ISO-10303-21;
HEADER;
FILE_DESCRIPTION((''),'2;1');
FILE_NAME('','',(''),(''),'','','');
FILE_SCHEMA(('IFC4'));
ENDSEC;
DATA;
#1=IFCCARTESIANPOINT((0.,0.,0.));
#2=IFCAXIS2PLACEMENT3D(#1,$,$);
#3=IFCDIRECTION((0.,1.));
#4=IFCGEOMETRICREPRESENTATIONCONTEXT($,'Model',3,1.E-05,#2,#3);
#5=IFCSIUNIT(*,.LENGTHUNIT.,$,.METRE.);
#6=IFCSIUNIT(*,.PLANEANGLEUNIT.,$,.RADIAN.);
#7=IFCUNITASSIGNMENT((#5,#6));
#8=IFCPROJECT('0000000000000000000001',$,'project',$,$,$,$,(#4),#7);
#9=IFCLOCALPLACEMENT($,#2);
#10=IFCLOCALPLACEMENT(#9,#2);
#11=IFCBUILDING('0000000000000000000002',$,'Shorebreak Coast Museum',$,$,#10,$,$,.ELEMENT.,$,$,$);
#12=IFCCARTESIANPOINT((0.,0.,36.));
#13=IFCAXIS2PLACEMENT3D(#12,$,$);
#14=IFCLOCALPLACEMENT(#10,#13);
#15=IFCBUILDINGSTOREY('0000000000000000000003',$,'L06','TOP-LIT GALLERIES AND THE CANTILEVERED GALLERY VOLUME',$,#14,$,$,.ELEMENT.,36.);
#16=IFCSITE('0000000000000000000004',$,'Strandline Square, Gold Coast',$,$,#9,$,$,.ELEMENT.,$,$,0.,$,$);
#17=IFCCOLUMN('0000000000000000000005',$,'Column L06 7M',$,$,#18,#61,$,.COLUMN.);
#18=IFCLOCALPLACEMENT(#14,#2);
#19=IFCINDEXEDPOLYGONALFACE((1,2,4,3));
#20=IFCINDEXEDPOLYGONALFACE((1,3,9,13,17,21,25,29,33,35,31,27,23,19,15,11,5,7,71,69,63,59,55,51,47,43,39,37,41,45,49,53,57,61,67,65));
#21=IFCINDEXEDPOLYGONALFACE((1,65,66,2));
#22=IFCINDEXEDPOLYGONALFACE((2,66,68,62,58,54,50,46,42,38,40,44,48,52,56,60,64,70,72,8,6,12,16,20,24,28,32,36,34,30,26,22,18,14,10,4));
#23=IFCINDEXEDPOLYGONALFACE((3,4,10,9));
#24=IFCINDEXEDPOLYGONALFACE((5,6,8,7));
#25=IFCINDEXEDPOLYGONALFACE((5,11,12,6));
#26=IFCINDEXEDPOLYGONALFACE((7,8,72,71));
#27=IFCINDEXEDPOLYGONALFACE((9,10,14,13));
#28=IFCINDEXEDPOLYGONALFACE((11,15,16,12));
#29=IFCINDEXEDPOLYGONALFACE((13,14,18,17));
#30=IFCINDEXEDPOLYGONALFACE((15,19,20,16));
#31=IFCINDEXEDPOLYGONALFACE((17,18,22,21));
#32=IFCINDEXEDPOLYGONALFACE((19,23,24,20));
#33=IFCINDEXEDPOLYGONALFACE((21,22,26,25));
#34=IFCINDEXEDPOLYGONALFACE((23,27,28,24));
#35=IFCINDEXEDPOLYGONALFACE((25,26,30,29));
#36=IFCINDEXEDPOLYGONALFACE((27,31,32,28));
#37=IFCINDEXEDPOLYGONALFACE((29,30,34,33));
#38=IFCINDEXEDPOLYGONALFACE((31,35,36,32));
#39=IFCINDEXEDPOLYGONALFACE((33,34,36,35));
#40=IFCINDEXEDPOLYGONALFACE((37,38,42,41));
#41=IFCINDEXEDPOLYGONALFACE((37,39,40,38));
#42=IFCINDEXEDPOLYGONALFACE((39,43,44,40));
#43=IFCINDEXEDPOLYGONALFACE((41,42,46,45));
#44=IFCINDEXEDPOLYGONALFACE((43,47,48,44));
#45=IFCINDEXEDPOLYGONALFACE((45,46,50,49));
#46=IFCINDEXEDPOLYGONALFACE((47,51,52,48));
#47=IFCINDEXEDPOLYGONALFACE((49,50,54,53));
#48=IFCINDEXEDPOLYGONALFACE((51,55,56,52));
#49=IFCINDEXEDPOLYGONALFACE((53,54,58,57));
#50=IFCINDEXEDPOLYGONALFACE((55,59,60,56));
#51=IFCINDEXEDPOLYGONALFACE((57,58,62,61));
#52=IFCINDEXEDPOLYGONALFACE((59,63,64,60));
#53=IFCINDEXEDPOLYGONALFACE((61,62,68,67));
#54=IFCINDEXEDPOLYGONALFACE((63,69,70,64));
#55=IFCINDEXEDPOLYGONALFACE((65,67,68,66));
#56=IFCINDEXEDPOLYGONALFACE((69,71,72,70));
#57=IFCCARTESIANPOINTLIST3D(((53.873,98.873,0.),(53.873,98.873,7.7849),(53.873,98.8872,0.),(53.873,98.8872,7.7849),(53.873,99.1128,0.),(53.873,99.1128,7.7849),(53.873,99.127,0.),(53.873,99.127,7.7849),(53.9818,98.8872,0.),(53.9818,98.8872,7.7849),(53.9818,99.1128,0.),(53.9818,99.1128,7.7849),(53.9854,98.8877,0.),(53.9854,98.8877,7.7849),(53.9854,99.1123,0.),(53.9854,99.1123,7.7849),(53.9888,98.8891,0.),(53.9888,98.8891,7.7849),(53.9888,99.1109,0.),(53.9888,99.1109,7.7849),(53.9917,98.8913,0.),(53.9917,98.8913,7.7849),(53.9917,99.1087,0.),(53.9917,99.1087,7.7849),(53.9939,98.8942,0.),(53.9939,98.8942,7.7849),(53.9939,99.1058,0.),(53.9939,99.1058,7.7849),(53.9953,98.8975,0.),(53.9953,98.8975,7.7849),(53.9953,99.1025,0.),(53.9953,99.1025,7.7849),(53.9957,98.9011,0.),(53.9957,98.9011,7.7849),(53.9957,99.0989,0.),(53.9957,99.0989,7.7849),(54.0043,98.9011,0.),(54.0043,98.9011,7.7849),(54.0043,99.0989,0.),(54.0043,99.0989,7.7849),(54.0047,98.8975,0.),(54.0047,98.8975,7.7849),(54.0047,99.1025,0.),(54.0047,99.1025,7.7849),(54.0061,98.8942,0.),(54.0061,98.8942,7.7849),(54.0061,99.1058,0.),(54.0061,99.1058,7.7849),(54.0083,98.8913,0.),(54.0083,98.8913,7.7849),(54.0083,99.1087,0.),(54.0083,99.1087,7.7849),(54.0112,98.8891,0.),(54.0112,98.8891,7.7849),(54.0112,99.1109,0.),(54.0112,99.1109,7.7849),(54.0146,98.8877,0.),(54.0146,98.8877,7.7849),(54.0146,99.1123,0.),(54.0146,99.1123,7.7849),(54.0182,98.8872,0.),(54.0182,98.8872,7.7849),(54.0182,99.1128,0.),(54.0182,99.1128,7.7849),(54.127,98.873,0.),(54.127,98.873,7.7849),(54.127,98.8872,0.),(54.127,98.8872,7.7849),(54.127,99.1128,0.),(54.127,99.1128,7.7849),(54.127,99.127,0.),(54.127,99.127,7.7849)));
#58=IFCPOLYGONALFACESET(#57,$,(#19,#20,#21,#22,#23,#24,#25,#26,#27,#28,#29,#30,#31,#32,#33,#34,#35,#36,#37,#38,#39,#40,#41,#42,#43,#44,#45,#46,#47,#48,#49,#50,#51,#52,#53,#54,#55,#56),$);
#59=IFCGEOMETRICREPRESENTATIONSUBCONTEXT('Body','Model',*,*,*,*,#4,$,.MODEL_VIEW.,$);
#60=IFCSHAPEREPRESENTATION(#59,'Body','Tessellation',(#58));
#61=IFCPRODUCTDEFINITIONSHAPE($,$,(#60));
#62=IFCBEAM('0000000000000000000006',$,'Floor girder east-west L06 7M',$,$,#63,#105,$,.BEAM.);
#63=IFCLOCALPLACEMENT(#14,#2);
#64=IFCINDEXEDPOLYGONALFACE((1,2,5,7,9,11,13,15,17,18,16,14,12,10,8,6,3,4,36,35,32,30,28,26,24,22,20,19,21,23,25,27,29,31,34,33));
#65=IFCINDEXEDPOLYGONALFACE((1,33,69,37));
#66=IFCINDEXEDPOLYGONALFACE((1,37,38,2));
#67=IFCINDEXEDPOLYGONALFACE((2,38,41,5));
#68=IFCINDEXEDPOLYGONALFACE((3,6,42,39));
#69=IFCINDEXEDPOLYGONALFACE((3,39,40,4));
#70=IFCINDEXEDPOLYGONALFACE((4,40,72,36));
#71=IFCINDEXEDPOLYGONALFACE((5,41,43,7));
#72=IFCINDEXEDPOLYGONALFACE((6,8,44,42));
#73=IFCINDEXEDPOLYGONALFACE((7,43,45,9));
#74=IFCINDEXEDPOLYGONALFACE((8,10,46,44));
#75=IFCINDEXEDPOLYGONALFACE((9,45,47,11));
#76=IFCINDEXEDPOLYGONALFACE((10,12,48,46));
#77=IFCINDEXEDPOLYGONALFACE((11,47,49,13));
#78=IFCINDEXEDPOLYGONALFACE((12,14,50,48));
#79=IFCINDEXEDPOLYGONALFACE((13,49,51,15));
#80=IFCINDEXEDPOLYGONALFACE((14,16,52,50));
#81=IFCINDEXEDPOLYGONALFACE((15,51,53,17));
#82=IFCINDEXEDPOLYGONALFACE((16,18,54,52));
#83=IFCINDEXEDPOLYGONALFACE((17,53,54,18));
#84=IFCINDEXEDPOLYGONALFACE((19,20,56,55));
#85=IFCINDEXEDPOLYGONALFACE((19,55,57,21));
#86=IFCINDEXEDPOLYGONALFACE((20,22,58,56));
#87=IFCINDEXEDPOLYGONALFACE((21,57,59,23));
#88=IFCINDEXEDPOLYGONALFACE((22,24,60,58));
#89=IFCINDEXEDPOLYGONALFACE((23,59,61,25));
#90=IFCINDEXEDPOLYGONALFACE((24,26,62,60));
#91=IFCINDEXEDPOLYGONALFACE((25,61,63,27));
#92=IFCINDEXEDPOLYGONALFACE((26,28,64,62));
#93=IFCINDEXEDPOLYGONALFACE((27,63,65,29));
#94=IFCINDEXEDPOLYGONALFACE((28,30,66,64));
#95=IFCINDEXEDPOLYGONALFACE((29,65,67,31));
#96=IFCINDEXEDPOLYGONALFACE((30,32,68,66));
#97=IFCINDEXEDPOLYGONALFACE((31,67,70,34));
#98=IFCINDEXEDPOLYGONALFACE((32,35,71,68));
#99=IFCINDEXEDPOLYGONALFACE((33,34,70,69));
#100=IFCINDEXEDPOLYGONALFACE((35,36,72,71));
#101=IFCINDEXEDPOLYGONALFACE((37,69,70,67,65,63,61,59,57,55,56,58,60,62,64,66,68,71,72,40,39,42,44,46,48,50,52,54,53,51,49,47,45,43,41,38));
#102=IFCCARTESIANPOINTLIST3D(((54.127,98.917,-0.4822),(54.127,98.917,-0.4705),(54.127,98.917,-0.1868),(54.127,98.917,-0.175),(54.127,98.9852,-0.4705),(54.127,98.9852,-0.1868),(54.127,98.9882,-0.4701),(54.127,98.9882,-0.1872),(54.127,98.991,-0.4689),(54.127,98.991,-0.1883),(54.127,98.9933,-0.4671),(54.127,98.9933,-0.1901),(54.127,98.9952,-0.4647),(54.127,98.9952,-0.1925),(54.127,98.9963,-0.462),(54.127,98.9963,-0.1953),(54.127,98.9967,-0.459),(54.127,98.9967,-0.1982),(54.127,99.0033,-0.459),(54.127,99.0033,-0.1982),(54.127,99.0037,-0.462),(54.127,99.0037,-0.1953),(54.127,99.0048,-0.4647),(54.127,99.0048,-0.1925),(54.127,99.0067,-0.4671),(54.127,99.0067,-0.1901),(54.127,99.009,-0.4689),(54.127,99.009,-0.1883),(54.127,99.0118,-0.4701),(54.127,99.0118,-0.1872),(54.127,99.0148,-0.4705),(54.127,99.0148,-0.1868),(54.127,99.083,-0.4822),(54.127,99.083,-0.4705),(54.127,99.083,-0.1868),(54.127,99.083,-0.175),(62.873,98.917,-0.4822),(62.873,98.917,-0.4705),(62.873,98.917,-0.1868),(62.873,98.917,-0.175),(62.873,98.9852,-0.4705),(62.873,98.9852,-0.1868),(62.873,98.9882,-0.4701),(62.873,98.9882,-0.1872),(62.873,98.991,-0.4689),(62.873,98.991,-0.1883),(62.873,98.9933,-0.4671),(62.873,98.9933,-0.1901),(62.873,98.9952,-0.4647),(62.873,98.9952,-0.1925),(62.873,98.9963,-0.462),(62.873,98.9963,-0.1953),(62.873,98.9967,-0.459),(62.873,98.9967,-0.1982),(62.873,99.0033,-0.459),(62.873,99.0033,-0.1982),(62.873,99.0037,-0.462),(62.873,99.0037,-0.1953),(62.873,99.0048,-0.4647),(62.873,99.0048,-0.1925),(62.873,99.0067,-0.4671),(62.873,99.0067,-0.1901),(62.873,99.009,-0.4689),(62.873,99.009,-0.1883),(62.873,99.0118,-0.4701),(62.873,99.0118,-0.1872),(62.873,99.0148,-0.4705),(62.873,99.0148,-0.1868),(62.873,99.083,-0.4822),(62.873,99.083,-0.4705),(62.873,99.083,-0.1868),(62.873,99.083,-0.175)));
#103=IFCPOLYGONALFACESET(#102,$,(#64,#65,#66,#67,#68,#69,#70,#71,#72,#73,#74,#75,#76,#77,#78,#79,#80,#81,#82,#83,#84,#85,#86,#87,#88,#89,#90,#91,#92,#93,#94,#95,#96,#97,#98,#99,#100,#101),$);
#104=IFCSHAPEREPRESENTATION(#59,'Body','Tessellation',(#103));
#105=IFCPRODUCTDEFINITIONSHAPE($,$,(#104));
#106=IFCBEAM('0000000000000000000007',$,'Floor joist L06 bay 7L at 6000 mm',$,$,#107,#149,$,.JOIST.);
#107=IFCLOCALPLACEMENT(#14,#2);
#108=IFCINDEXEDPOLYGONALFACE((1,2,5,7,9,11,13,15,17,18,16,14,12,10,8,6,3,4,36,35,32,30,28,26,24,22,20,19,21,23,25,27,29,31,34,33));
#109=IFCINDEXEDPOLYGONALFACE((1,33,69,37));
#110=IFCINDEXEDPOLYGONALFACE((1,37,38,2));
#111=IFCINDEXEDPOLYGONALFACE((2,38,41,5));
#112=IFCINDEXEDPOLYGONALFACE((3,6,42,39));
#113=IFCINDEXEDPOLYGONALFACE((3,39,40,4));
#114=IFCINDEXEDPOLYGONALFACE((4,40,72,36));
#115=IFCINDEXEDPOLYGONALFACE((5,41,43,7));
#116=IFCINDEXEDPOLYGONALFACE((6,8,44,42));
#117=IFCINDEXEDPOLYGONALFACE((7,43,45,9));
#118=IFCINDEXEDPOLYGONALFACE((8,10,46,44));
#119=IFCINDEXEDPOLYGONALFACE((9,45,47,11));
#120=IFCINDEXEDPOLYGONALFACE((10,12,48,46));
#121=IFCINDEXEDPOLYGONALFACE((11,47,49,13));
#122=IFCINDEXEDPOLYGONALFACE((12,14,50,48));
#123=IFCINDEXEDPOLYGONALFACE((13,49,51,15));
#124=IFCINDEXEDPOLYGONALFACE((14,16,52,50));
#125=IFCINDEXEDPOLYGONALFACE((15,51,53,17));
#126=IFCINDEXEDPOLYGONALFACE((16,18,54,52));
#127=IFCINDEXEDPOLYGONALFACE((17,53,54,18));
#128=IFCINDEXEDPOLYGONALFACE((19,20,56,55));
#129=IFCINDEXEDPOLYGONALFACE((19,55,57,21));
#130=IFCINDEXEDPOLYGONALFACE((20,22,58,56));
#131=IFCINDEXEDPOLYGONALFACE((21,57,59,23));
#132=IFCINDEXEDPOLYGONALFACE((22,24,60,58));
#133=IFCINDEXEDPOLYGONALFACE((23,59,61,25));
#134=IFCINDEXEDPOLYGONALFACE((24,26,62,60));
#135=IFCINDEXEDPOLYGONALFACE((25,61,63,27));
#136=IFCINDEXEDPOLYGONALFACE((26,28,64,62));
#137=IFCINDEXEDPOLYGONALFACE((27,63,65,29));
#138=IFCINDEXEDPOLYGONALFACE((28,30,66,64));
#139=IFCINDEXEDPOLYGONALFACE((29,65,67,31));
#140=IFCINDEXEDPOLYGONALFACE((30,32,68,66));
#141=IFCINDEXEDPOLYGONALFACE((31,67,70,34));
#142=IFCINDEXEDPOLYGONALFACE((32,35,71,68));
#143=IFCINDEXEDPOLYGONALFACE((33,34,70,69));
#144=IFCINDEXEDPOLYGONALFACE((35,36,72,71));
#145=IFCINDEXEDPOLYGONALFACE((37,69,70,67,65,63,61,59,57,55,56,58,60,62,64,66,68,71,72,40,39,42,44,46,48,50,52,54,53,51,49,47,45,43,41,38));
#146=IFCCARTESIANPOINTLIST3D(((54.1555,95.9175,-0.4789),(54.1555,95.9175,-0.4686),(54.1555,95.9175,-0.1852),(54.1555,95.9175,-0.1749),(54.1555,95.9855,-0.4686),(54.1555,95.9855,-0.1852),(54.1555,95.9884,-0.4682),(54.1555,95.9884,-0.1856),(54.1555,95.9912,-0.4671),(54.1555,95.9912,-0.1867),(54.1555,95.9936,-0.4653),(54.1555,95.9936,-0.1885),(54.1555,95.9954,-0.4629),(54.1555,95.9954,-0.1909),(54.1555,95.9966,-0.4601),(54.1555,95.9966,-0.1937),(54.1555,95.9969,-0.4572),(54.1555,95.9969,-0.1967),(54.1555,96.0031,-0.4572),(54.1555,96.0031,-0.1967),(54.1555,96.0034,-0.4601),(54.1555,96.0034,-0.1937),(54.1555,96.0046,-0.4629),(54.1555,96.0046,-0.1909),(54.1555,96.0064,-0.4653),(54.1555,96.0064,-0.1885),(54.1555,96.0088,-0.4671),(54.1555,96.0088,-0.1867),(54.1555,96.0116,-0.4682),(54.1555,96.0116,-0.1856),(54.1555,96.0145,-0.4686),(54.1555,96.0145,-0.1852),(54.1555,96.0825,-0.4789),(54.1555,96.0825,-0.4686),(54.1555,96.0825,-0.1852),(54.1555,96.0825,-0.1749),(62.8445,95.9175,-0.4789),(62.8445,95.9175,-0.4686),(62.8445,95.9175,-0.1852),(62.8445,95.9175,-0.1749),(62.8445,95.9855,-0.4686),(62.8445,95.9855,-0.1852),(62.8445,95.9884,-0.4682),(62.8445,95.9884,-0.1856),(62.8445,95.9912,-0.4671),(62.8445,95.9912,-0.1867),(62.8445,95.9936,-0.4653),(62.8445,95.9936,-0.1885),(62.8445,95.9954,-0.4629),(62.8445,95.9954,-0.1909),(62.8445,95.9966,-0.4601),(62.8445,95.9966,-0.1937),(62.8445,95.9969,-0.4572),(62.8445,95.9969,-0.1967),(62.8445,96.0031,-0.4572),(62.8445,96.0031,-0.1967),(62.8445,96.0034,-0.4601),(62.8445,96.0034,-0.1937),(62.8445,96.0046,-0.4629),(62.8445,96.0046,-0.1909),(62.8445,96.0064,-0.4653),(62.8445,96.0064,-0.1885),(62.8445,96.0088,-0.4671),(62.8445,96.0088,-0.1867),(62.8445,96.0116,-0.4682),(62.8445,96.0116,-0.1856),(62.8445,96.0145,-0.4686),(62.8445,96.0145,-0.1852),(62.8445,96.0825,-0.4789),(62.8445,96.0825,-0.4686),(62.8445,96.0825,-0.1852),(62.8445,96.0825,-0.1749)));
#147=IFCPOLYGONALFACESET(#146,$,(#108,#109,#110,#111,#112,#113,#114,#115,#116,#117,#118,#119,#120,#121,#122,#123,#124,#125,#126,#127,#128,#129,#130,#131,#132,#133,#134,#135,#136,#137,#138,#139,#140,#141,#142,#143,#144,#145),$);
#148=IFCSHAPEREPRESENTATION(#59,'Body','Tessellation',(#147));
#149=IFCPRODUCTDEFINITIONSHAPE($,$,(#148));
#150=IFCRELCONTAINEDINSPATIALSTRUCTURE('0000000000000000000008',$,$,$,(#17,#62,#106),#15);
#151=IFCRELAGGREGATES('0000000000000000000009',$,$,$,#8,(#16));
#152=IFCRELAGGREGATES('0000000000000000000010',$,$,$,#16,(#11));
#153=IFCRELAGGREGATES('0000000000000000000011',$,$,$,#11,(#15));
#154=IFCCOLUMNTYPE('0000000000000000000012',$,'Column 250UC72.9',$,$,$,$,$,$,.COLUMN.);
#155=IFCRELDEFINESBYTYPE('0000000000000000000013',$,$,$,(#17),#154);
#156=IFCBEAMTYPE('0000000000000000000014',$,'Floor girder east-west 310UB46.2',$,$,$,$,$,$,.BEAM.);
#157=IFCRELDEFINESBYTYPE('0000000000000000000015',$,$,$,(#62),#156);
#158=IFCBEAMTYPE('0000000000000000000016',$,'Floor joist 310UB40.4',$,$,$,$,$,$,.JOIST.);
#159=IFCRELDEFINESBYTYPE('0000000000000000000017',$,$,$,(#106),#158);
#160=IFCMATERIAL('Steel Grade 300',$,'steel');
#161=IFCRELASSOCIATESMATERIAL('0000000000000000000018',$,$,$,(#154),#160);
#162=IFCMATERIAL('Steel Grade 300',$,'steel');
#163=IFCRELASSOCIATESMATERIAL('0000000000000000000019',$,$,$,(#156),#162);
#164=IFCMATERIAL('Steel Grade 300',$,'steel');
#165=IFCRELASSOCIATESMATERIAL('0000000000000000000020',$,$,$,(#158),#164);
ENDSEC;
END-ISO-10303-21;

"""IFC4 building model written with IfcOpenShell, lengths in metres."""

from ifc_helpers import new_model, si_unit, direction, frame, origin, origin_2d, place, context, subcontext, project, spatial, i_section, extrude, material, material_profile, profile_set, type_object, element, save


model = new_model("IFC4")

# Units and contexts
model_context = context("Model", 3, precision=1e-05, world=origin(), true_north=direction((0.0, 1.0)))
body_context = subcontext(model_context, "Body", "Model", "MODEL_VIEW")
ifc_project = project(units=[si_unit("LENGTHUNIT", "METRE"), si_unit("PLANEANGLEUNIT", "RADIAN")], contexts=[model_context])

# Site, building, storey
site_placement = place(None, origin())
site = spatial("IfcSite", under=ifc_project, at=site_placement, Name="Strandline Square, Gold Coast", CompositionType="ELEMENT", RefElevation=0.0)
building_placement = place(site_placement, origin())
building = spatial("IfcBuilding", under=site, at=building_placement, Name="Shorebreak Coast Museum", CompositionType="ELEMENT")
storey_placement = place(building_placement, frame((0.0, 0.0, 36.0)))
storey = spatial("IfcBuildingStorey", under=building, at=storey_placement, Name="L06", Description="TOP-LIT GALLERIES AND THE CANTILEVERED GALLERY VOLUME", CompositionType="ELEMENT", Elevation=36.0)

# Column
ifc_material_1 = material(Name="Steel Grade 300", Category="steel")
ifc_material_profile_1 = material_profile(ifc_material_1, i_section(OverallWidth=0.2539, OverallDepth=0.2539, WebThickness=0.0085, FlangeThickness=0.0142, FilletRadius=0.0139, at=origin_2d()), Name="250UC72.9")
ifc_profile_set_1 = profile_set([ifc_material_profile_1], Name="Steel Grade 300")
column_type = type_object("IfcColumnType", Name="Column 250UC72.9", PredefinedType="COLUMN", material=ifc_profile_set_1)
column_placement = place(storey_placement, frame((54.0, 99.0, 0.0), z_axis=(0.0, 0.0, 1.0), x_axis=(1.0, 0.0, 0.0)))
element("IfcColumn", 1, at=column_placement, inside=storey, type_object=column_type, Name="Column L06 7M", PredefinedType="COLUMN", context=body_context, shape_type="SweptSolid", body=[
    extrude(i_section(OverallWidth=0.2539, OverallDepth=0.2539, WebThickness=0.0085, FlangeThickness=0.0142, FilletRadius=0.0139, at=origin_2d()), origin(), (0.0, 0.0, 1.0), 7.7849),
])

# Beams
ifc_material_2 = material(Name="Steel Grade 300", Category="steel")
ifc_material_profile_2 = material_profile(ifc_material_2, i_section(OverallWidth=0.166, OverallDepth=0.3071, WebThickness=0.0066, FlangeThickness=0.0117, FilletRadius=0.0115, at=origin_2d()), Name="310UB46.2")
ifc_profile_set_2 = profile_set([ifc_material_profile_2], Name="Steel Grade 300")
beam_type_1 = type_object("IfcBeamType", Name="Floor girder east-west 310UB46.2", PredefinedType="BEAM", material=ifc_profile_set_2)
beam_1_placement = place(storey_placement, frame((54.127, 99.0, -0.3286), z_axis=(1.0, 0.0, 0.0), x_axis=(0.0, 1.0, 0.0)))
element("IfcBeam", 2, at=beam_1_placement, inside=storey, type_object=beam_type_1, Name="Floor girder east-west L06 7M", PredefinedType="BEAM", context=body_context, shape_type="SweptSolid", body=[
    extrude(i_section(OverallWidth=0.166, OverallDepth=0.3071, WebThickness=0.0066, FlangeThickness=0.0117, FilletRadius=0.0115, at=origin_2d()), origin(), (0.0, 0.0, 1.0), 8.7461),
])
ifc_material_3 = material(Name="Steel Grade 300", Category="steel")
ifc_material_profile_3 = material_profile(ifc_material_3, i_section(OverallWidth=0.165, OverallDepth=0.304, WebThickness=0.0061, FlangeThickness=0.0103, FilletRadius=0.0115, at=origin_2d()), Name="310UB40.4")
ifc_profile_set_3 = profile_set([ifc_material_profile_3], Name="Steel Grade 300")
beam_type_2 = type_object("IfcBeamType", Name="Floor joist 310UB40.4", PredefinedType="JOIST", material=ifc_profile_set_3)
beam_2_placement = place(storey_placement, frame((54.1555, 96.0, -0.3269), z_axis=(1.0, 0.0, 0.0), x_axis=(0.0, 1.0, 0.0)))
element("IfcBeam", 3, at=beam_2_placement, inside=storey, type_object=beam_type_2, Name="Floor joist L06 bay 7L at 6000 mm", PredefinedType="JOIST", context=body_context, shape_type="SweptSolid", body=[
    extrude(i_section(OverallWidth=0.165, OverallDepth=0.304, WebThickness=0.0061, FlangeThickness=0.0103, FilletRadius=0.0115, at=origin_2d()), origin(), (0.0, 0.0, 1.0), 8.689),
])

save(model, "model.ifc")
